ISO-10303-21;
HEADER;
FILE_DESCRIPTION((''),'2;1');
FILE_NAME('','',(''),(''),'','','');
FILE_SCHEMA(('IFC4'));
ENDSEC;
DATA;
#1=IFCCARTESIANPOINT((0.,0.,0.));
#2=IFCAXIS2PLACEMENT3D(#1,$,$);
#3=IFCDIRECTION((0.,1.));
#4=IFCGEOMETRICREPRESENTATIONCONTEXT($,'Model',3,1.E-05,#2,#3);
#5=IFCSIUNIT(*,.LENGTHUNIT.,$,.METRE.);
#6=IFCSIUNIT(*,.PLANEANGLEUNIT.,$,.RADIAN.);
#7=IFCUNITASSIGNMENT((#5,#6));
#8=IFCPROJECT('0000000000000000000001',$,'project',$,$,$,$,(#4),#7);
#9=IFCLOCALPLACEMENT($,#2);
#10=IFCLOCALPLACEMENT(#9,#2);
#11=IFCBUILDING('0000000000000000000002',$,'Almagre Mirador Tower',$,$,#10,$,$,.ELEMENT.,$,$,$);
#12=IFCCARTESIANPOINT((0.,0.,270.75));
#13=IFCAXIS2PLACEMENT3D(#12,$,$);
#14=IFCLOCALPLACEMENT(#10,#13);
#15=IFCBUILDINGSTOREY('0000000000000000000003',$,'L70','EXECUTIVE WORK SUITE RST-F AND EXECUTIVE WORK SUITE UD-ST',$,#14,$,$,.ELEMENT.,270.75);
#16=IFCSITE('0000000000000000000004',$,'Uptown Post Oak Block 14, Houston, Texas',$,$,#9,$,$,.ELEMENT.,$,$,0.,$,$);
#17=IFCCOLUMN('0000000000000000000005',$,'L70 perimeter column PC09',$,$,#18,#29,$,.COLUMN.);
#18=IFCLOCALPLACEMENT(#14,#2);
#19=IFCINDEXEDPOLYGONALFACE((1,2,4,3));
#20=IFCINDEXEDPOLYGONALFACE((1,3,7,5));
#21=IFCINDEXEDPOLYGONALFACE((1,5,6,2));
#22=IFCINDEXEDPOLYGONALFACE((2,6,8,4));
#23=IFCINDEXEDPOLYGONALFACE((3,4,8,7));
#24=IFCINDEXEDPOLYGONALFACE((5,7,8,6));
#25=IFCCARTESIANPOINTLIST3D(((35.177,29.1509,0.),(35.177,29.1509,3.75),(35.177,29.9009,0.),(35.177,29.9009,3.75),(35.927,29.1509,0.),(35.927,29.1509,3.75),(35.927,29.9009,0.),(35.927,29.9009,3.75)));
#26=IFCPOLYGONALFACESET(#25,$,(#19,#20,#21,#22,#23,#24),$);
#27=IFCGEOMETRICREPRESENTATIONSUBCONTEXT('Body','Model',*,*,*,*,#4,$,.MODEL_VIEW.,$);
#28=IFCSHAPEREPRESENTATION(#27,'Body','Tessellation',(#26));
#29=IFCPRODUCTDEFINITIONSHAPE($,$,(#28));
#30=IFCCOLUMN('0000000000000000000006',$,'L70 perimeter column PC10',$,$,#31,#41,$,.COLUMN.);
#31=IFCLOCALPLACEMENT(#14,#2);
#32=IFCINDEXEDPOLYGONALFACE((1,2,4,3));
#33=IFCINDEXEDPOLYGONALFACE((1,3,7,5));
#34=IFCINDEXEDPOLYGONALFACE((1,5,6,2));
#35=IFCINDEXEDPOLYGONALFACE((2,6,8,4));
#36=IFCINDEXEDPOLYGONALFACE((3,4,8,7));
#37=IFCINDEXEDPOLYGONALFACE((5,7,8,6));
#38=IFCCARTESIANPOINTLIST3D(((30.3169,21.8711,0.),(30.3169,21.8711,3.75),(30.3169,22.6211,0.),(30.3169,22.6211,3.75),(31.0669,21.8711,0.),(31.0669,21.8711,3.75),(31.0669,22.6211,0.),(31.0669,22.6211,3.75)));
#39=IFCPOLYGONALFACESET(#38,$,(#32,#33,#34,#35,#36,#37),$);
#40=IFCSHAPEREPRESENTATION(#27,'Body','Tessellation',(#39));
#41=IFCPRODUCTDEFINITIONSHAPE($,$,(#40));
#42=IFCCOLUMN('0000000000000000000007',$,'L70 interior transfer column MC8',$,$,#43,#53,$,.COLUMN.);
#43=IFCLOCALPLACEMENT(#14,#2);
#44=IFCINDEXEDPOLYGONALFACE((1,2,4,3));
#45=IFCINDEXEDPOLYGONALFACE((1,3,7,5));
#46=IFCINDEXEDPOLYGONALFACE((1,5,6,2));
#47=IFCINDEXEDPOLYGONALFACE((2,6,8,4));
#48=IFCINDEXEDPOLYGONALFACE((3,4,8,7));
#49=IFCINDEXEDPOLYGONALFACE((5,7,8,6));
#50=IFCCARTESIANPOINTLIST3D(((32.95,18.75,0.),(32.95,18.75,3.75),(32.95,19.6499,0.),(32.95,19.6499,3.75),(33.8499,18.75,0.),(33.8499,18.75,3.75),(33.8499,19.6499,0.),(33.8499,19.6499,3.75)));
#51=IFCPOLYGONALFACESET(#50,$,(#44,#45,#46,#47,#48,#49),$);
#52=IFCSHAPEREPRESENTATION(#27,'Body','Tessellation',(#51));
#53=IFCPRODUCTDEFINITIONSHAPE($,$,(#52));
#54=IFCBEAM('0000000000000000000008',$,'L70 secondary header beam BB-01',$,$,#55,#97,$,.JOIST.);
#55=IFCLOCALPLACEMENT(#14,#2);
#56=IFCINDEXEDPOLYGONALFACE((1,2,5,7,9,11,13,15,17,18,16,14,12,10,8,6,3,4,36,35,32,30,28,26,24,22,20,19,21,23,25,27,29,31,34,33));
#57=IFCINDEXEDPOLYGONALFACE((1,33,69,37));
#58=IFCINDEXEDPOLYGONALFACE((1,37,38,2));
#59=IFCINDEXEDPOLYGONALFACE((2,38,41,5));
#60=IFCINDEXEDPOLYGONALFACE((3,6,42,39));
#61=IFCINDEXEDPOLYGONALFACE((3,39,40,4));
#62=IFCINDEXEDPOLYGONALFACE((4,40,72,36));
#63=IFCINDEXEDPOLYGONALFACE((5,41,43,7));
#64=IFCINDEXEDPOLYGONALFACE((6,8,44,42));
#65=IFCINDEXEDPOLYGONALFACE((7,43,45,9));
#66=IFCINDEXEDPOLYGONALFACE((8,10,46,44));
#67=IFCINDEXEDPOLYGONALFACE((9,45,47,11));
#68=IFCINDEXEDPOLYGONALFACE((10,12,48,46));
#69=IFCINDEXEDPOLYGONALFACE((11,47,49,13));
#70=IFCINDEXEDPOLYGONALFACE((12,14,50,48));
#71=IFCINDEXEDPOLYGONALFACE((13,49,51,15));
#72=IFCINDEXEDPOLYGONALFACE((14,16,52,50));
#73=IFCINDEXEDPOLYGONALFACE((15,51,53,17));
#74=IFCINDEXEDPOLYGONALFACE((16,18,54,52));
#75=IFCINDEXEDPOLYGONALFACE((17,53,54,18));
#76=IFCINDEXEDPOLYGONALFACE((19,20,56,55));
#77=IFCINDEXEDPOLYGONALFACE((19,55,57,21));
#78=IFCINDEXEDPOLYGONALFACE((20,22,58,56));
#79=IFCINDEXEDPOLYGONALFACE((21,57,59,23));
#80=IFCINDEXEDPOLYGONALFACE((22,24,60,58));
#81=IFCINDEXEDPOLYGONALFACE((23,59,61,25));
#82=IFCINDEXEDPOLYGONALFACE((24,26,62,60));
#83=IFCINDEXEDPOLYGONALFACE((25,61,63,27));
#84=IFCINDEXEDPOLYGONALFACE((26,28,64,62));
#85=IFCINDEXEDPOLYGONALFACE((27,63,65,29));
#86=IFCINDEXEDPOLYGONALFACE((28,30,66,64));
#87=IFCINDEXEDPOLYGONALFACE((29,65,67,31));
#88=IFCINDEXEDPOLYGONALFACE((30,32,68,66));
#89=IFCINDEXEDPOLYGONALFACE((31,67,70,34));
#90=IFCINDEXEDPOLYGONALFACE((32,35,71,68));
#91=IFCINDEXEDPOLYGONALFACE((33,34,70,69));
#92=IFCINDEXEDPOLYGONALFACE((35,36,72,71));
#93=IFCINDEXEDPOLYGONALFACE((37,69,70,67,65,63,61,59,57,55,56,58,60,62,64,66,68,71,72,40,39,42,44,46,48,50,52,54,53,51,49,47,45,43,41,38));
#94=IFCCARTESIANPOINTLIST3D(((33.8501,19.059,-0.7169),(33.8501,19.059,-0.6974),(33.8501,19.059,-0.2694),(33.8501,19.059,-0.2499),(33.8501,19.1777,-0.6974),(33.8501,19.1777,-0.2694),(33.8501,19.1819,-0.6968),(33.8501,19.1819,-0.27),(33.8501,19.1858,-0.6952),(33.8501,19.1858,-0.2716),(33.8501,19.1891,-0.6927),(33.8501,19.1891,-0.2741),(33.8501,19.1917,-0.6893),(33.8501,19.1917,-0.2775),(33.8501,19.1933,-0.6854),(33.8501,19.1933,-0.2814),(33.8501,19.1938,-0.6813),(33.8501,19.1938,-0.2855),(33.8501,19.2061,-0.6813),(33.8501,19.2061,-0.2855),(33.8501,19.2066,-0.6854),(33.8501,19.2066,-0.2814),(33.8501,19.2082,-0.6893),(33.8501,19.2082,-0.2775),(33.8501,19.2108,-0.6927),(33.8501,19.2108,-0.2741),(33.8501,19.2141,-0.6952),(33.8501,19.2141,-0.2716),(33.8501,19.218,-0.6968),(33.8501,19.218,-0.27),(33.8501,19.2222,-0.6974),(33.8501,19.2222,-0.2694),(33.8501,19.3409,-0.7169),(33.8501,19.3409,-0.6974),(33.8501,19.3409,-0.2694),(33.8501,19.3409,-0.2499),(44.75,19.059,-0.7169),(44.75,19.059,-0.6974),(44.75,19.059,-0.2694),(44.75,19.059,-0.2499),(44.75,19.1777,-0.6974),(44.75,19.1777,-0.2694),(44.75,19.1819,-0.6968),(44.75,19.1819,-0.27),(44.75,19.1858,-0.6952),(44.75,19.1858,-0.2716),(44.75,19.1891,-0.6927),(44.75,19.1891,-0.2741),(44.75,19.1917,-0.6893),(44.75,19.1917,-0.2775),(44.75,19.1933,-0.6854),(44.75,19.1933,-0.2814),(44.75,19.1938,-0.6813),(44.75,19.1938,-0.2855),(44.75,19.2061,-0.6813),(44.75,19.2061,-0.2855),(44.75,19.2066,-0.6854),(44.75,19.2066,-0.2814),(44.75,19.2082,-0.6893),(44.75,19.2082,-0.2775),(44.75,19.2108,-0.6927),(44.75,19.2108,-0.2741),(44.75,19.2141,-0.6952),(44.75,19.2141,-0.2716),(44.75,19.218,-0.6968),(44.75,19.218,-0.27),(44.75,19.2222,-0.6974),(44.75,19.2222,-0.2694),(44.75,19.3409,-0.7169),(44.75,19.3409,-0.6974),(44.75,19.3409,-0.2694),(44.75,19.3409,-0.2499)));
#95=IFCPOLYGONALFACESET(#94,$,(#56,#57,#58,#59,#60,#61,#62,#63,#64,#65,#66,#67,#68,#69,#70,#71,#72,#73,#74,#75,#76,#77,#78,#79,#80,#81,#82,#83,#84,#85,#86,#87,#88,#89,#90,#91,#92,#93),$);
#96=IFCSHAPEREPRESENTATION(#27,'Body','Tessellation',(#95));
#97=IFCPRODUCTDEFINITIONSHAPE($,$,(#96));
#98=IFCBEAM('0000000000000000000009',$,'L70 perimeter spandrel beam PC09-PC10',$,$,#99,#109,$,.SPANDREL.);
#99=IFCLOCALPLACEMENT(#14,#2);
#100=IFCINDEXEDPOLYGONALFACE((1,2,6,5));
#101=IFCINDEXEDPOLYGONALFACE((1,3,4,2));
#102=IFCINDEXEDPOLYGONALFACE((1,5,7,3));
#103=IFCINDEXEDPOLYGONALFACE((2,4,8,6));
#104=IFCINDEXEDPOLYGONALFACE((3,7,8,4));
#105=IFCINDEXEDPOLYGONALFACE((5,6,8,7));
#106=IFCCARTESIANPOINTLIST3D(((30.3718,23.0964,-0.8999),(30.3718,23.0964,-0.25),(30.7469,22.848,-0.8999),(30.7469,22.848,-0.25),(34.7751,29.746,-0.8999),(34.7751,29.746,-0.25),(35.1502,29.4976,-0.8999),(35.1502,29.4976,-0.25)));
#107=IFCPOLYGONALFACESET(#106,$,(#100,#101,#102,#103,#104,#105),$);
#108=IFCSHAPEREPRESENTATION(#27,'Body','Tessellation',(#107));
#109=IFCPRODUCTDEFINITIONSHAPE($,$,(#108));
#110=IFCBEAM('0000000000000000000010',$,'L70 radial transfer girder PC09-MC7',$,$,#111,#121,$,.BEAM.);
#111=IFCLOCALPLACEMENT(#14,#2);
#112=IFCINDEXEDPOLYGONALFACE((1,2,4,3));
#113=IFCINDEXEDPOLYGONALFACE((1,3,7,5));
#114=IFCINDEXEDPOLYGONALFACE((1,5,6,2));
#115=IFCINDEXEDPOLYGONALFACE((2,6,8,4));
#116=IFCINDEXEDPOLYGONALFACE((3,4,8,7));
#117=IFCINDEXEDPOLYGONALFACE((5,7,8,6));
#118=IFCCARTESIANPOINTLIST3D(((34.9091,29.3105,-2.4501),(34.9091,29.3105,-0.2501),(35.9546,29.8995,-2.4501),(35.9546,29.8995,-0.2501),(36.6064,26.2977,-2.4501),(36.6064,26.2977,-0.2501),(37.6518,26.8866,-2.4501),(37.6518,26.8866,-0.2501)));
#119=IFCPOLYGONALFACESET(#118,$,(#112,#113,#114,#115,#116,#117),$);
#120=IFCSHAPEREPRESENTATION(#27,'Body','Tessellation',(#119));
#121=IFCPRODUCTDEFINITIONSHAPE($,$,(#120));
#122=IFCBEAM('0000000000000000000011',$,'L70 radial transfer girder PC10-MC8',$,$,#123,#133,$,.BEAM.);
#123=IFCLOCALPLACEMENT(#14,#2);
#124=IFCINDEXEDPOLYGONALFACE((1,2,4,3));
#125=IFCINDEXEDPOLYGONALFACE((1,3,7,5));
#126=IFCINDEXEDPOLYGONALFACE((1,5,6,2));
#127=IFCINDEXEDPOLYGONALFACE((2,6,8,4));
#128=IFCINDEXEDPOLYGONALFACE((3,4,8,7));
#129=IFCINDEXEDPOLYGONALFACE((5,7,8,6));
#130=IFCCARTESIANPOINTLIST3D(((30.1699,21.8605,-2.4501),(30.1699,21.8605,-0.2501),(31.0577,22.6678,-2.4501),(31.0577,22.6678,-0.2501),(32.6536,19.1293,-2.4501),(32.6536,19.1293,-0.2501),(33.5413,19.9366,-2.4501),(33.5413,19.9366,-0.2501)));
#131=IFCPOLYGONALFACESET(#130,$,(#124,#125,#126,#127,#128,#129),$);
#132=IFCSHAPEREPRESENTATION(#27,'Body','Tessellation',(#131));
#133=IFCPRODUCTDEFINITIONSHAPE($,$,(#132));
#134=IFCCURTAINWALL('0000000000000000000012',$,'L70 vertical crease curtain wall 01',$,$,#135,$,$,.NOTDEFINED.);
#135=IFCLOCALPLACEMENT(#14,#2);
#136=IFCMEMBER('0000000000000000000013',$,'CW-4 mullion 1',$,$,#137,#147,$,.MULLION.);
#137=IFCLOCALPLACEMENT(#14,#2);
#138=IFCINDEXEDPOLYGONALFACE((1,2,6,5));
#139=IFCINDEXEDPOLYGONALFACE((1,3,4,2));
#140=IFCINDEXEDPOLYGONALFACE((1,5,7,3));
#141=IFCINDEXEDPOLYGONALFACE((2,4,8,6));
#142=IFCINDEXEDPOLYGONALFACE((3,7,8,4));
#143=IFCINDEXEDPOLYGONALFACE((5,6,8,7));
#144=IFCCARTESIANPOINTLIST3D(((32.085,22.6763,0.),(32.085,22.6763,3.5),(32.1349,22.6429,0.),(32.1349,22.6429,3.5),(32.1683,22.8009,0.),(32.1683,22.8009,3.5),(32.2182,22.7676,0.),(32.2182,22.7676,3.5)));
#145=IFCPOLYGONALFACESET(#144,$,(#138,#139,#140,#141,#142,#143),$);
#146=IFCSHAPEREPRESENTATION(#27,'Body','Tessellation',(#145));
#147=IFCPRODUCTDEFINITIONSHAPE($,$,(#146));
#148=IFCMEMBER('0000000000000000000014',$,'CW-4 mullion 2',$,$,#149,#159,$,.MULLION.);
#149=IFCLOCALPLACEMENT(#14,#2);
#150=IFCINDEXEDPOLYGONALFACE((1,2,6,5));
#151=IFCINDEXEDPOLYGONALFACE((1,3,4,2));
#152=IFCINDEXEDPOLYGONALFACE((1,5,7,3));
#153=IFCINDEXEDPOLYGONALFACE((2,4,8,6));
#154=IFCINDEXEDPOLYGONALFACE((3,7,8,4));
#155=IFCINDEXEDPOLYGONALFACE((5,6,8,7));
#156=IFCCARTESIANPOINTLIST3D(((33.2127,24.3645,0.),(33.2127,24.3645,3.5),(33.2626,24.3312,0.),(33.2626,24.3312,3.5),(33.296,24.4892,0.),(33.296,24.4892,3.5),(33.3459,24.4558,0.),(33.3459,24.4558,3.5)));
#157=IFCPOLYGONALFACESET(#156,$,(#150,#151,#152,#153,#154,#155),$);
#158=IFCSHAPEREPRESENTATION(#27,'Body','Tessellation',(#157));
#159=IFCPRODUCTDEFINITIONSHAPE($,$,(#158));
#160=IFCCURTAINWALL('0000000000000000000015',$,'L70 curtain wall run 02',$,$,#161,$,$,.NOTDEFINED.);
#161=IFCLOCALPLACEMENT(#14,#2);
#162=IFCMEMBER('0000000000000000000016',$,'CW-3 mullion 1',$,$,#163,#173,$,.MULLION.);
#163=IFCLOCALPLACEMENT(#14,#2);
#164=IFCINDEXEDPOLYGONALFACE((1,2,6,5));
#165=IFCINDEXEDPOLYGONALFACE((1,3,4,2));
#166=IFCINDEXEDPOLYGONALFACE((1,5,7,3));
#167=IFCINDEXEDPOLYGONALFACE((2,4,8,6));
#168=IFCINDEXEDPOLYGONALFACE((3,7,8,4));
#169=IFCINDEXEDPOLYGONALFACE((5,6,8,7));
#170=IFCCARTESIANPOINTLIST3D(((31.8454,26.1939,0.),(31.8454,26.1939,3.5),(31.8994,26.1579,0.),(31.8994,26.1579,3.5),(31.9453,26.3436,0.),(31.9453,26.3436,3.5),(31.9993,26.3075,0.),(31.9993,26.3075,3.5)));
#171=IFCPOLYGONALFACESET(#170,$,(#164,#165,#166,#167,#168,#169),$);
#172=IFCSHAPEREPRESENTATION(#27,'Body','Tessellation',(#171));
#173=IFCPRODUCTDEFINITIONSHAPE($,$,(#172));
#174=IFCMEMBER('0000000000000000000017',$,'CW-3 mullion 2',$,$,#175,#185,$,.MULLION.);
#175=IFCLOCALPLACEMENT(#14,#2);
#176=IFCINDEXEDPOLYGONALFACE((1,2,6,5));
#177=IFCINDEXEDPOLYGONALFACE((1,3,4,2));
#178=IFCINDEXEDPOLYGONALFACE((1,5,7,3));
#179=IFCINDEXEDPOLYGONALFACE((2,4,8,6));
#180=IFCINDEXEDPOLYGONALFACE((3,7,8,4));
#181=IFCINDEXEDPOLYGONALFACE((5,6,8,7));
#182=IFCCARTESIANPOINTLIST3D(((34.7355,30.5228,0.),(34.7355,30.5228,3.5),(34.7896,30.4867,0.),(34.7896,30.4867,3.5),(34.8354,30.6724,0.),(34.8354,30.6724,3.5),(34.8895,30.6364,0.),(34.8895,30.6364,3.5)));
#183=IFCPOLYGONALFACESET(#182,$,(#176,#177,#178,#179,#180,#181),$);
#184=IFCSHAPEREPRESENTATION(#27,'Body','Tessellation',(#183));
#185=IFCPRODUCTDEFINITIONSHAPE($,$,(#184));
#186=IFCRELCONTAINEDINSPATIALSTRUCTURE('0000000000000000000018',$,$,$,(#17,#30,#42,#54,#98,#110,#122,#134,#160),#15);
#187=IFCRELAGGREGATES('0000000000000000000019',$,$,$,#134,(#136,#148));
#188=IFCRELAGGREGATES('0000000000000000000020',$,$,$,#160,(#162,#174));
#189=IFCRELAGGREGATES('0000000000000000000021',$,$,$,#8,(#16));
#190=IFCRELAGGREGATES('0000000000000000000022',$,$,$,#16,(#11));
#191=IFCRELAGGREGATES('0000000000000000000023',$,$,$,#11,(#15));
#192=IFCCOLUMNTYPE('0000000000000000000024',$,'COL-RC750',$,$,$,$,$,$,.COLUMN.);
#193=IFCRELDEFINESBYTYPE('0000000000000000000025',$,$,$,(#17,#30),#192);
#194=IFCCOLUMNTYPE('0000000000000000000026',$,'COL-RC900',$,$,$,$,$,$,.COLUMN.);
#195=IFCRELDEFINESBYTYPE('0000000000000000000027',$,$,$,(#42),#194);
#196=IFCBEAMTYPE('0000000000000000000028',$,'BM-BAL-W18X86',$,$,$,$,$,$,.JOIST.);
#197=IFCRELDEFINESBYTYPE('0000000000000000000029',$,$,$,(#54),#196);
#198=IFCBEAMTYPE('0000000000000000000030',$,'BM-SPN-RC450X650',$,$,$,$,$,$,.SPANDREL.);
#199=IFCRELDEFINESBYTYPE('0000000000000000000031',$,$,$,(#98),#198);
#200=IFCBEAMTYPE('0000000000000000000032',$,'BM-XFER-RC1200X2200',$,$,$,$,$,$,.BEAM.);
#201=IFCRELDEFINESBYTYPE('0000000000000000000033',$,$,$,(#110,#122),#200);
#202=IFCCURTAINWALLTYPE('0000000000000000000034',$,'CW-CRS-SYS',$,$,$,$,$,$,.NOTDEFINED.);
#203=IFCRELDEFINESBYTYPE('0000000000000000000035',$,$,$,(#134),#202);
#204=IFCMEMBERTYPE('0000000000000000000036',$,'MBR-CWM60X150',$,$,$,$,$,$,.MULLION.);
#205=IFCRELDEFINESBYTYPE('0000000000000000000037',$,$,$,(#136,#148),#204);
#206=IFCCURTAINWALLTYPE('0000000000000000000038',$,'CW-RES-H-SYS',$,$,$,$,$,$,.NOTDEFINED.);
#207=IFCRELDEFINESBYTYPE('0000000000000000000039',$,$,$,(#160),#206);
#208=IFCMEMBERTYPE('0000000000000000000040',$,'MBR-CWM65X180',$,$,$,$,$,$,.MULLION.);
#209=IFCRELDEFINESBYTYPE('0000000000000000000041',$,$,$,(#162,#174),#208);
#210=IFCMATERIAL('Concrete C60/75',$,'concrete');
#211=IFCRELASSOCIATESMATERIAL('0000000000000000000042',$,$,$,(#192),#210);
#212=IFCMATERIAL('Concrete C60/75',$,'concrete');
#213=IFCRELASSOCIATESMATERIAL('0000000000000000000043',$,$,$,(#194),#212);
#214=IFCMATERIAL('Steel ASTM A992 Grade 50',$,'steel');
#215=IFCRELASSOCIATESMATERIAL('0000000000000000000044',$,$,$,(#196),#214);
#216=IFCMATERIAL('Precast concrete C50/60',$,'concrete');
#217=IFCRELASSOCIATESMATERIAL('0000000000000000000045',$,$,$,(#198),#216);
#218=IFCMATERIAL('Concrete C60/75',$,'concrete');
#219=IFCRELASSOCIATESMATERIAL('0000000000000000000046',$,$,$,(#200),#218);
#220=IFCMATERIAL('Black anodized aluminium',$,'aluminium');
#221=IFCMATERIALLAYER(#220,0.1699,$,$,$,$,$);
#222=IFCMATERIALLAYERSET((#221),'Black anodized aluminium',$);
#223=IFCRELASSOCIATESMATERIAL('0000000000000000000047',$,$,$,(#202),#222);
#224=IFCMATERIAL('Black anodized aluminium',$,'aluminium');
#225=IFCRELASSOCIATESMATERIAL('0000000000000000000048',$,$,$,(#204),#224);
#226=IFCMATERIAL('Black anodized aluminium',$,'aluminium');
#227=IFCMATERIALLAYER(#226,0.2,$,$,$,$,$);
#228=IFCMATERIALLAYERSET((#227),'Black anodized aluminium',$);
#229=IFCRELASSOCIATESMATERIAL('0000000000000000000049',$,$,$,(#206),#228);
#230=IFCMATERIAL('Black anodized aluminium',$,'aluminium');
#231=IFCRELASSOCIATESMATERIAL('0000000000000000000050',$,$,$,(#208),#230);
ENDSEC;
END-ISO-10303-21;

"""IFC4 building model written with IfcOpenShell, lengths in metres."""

from ifc_helpers import new_model, si_unit, direction, frame, origin, origin_2d, place, context, subcontext, project, spatial, rectangle, i_section, extrude, material, layer, layer_set, material_profile, profile_set, type_object, element, aggregate, save


model = new_model("IFC4")

# Units and contexts
model_context = context("Model", 3, precision=1e-05, world=origin(), true_north=direction((0.0, 1.0)))
body_context = subcontext(model_context, "Body", "Model", "MODEL_VIEW")
ifc_project = project(units=[si_unit("LENGTHUNIT", "METRE"), si_unit("PLANEANGLEUNIT", "RADIAN")], contexts=[model_context])

# Site, building, storey
site_placement = place(None, origin())
site = spatial("IfcSite", under=ifc_project, at=site_placement, Name="Uptown Post Oak Block 14, Houston, Texas", CompositionType="ELEMENT", RefElevation=0.0)
building_placement = place(site_placement, origin())
building = spatial("IfcBuilding", under=site, at=building_placement, Name="Almagre Mirador Tower", CompositionType="ELEMENT")
storey_placement = place(building_placement, frame((0.0, 0.0, 270.75)))
storey = spatial("IfcBuildingStorey", under=building, at=storey_placement, Name="L70", Description="EXECUTIVE WORK SUITE RST-F AND EXECUTIVE WORK SUITE UD-ST", CompositionType="ELEMENT", Elevation=270.75)

# Columns
ifc_material_1 = material(Name="Concrete C60/75", Category="concrete")
ifc_material_profile_1 = material_profile(ifc_material_1, rectangle(XDim=0.75, YDim=0.75, at=origin_2d()), Name="RC750X750")
ifc_profile_set_1 = profile_set([ifc_material_profile_1], Name="Concrete C60/75")
column_type_1 = type_object("IfcColumnType", Name="COL-RC750", PredefinedType="COLUMN", material=ifc_profile_set_1)
for number, where, z_axis, x_axis, name in (
    (1, (35.552, 29.5259, 0.0), (0.0, 0.0, 1.0), (1.0, 0.0, 0.0), "L70 perimeter column PC09"),
    (2, (30.6919, 22.2461, 0.0), (0.0, 0.0, 1.0), (1.0, 0.0, 0.0), "L70 perimeter column PC10"),
):
    element("IfcColumn", number, at=place(storey_placement, frame(where, z_axis=z_axis, x_axis=x_axis)), inside=storey, type_object=column_type_1, Name=name, PredefinedType="COLUMN", context=body_context, shape_type="SweptSolid", body=[
        extrude(rectangle(XDim=0.75, YDim=0.75, at=origin_2d()), origin(), (0.0, 0.0, 1.0), 3.75),
    ])
ifc_material_2 = material(Name="Concrete C60/75", Category="concrete")
ifc_material_profile_2 = material_profile(ifc_material_2, rectangle(XDim=0.8999, YDim=0.8999, at=origin_2d()), Name="RC900X900")
ifc_profile_set_2 = profile_set([ifc_material_profile_2], Name="Concrete C60/75")
column_type_2 = type_object("IfcColumnType", Name="COL-RC900", PredefinedType="COLUMN", material=ifc_profile_set_2)
column_placement = place(storey_placement, frame((33.3999, 19.2, 0.0), z_axis=(0.0, 0.0, 1.0), x_axis=(1.0, 0.0, 0.0)))
element("IfcColumn", 3, at=column_placement, inside=storey, type_object=column_type_2, Name="L70 interior transfer column MC8", PredefinedType="COLUMN", context=body_context, shape_type="SweptSolid", body=[
    extrude(rectangle(XDim=0.8999, YDim=0.8999, at=origin_2d()), origin(), (0.0, 0.0, 1.0), 3.75),
])

# Beams
ifc_material_3 = material(Name="Steel ASTM A992 Grade 50", Category="steel")
ifc_material_profile_3 = material_profile(ifc_material_3, i_section(OverallWidth=0.282, OverallDepth=0.467, WebThickness=0.0122, FlangeThickness=0.0195, FilletRadius=0.0161, at=origin_2d()), Name="W18X86")
ifc_profile_set_3 = profile_set([ifc_material_profile_3], Name="Steel ASTM A992 Grade 50")
beam_type_1 = type_object("IfcBeamType", Name="BM-BAL-W18X86", PredefinedType="JOIST", material=ifc_profile_set_3)
beam_1_placement = place(storey_placement, frame((33.8501, 19.2, -0.4834), z_axis=(1.0, 0.0, 0.0), x_axis=(0.0, 1.0, 0.0)))
element("IfcBeam", 4, at=beam_1_placement, inside=storey, type_object=beam_type_1, Name="L70 secondary header beam BB-01", PredefinedType="JOIST", context=body_context, shape_type="SweptSolid", body=[
    extrude(i_section(OverallWidth=0.282, OverallDepth=0.467, WebThickness=0.0122, FlangeThickness=0.0195, FilletRadius=0.0161, at=origin_2d()), origin(), (0.0, 0.0, 1.0), 10.8999),
])
ifc_material_4 = material(Name="Precast concrete C50/60", Category="concrete")
ifc_material_profile_4 = material_profile(ifc_material_4, rectangle(XDim=0.45, YDim=0.6499, at=origin_2d()), Name="RC450X650")
ifc_profile_set_4 = profile_set([ifc_material_profile_4], Name="Precast concrete C50/60")
beam_type_2 = type_object("IfcBeamType", Name="BM-SPN-RC450X650", PredefinedType="SPANDREL", material=ifc_profile_set_4)
beam_2_placement = place(storey_placement, frame((34.9626, 29.6218, -0.575), z_axis=(-0.552112, -0.83377, 0.0), x_axis=(0.83377, -0.552112, 0.0)))
element("IfcBeam", 5, at=beam_2_placement, inside=storey, type_object=beam_type_2, Name="L70 perimeter spandrel beam PC09-PC10", PredefinedType="SPANDREL", context=body_context, shape_type="SweptSolid", body=[
    extrude(rectangle(XDim=0.45, YDim=0.6499, at=origin_2d()), origin(), (0.0, 0.0, 1.0), 7.9753),
])
ifc_material_5 = material(Name="Concrete C60/75", Category="concrete")
ifc_material_profile_5 = material_profile(ifc_material_5, rectangle(XDim=1.2, YDim=2.2, at=origin_2d()), Name="RC1200X2200")
ifc_profile_set_5 = profile_set([ifc_material_profile_5], Name="Concrete C60/75")
beam_type_3 = type_object("IfcBeamType", Name="BM-XFER-RC1200X2200", PredefinedType="BEAM", material=ifc_profile_set_5)
beam_3_placement = place(storey_placement, frame((35.4319, 29.605, -1.3501), z_axis=(0.490808, -0.871268, 0.0), x_axis=(0.871268, 0.490808, 0.0)))
element("IfcBeam", 6, at=beam_3_placement, inside=storey, type_object=beam_type_3, Name="L70 radial transfer girder PC09-MC7", PredefinedType="BEAM", context=body_context, shape_type="SweptSolid", body=[
    extrude(rectangle(XDim=1.2, YDim=2.2, at=origin_2d()), origin(), (0.0, 0.0, 1.0), 3.458),
])
beam_4_placement = place(storey_placement, frame((30.6138, 22.2642, -1.3501), z_axis=(0.672781, -0.739841, 0.0), x_axis=(0.739841, 0.672781, 0.0)))
element("IfcBeam", 7, at=beam_4_placement, inside=storey, type_object=beam_type_3, Name="L70 radial transfer girder PC10-MC8", PredefinedType="BEAM", context=body_context, shape_type="SweptSolid", body=[
    extrude(rectangle(XDim=1.2, YDim=2.2, at=origin_2d()), origin(), (0.0, 0.0, 1.0), 3.6917),
])

# Curtain walls, members
ifc_material_6 = material(Name="Black anodized aluminium", Category="aluminium")
ifc_layer_1 = layer(ifc_material_6, 0.1699)
ifc_layer_set_1 = layer_set([ifc_layer_1], Name="Black anodized aluminium")
curtain_wall_type_1 = type_object("IfcCurtainWallType", Name="CW-CRS-SYS", PredefinedType="NOTDEFINED", material=ifc_layer_set_1)
curtain_wall_1_placement = place(storey_placement, origin())
curtain_wall_1 = element("IfcCurtainWall", 8, at=curtain_wall_1_placement, inside=storey, type_object=curtain_wall_type_1, Name="L70 vertical crease curtain wall 01", PredefinedType="NOTDEFINED")
ifc_material_7 = material(Name="Black anodized aluminium", Category="aluminium")
ifc_material_profile_6 = material_profile(ifc_material_7, rectangle(XDim=0.0601, YDim=0.1499, at=origin_2d()), Name="CWM60X150")
ifc_profile_set_6 = profile_set([ifc_material_profile_6], Name="Black anodized aluminium")
member_type_1 = type_object("IfcMemberType", Name="MBR-CWM60X150", PredefinedType="MULLION", material=ifc_profile_set_6)
member_1_placement = place(storey_placement, frame((32.1516, 22.7219, 0.0), z_axis=(0.0, 0.0, 1.0), x_axis=(-0.831535, 0.555473, 0.0)))
member_1 = element("IfcMember", 9, at=member_1_placement, type_object=member_type_1, Name="CW-4 mullion 1", PredefinedType="MULLION", context=body_context, shape_type="SweptSolid", body=[
    extrude(rectangle(XDim=0.0601, YDim=0.1499, at=origin_2d()), origin(), (0.0, 0.0, 1.0), 3.5),
])
member_2_placement = place(storey_placement, frame((33.2793, 24.4102, 0.0), z_axis=(0.0, 0.0, 1.0), x_axis=(-0.831535, 0.555473, 0.0)))
member_2 = element("IfcMember", 10, at=member_2_placement, type_object=member_type_1, Name="CW-4 mullion 2", PredefinedType="MULLION", context=body_context, shape_type="SweptSolid", body=[
    extrude(rectangle(XDim=0.0601, YDim=0.1499, at=origin_2d()), origin(), (0.0, 0.0, 1.0), 3.5),
])
ifc_material_8 = material(Name="Black anodized aluminium", Category="aluminium")
ifc_layer_2 = layer(ifc_material_8, 0.2)
ifc_layer_set_2 = layer_set([ifc_layer_2], Name="Black anodized aluminium")
curtain_wall_type_2 = type_object("IfcCurtainWallType", Name="CW-RES-H-SYS", PredefinedType="NOTDEFINED", material=ifc_layer_set_2)
curtain_wall_2_placement = place(storey_placement, origin())
curtain_wall_2 = element("IfcCurtainWall", 11, at=curtain_wall_2_placement, inside=storey, type_object=curtain_wall_type_2, Name="L70 curtain wall run 02", PredefinedType="NOTDEFINED")
ifc_material_9 = material(Name="Black anodized aluminium", Category="aluminium")
ifc_material_profile_7 = material_profile(ifc_material_9, rectangle(XDim=0.0649, YDim=0.1799, at=origin_2d()), Name="CWM65X180")
ifc_profile_set_7 = profile_set([ifc_material_profile_7], Name="Black anodized aluminium")
member_type_2 = type_object("IfcMemberType", Name="MBR-CWM65X180", PredefinedType="MULLION", material=ifc_profile_set_7)
member_3_placement = place(storey_placement, frame((31.9224, 26.2507, 0.0), z_axis=(0.0, 0.0, 1.0), x_axis=(-0.831676, 0.555261, 0.0)))
member_3 = element("IfcMember", 12, at=member_3_placement, type_object=member_type_2, Name="CW-3 mullion 1", PredefinedType="MULLION", context=body_context, shape_type="SweptSolid", body=[
    extrude(rectangle(XDim=0.0649, YDim=0.1799, at=origin_2d()), origin(), (0.0, 0.0, 1.0), 3.5),
])
member_4_placement = place(storey_placement, frame((34.8125, 30.5796, 0.0), z_axis=(0.0, 0.0, 1.0), x_axis=(-0.831676, 0.555261, 0.0)))
member_4 = element("IfcMember", 13, at=member_4_placement, type_object=member_type_2, Name="CW-3 mullion 2", PredefinedType="MULLION", context=body_context, shape_type="SweptSolid", body=[
    extrude(rectangle(XDim=0.0649, YDim=0.1799, at=origin_2d()), origin(), (0.0, 0.0, 1.0), 3.5),
])

aggregate(curtain_wall_1, [member_1, member_2])
aggregate(curtain_wall_2, [member_3, member_4])

save(model, "model.ifc")
